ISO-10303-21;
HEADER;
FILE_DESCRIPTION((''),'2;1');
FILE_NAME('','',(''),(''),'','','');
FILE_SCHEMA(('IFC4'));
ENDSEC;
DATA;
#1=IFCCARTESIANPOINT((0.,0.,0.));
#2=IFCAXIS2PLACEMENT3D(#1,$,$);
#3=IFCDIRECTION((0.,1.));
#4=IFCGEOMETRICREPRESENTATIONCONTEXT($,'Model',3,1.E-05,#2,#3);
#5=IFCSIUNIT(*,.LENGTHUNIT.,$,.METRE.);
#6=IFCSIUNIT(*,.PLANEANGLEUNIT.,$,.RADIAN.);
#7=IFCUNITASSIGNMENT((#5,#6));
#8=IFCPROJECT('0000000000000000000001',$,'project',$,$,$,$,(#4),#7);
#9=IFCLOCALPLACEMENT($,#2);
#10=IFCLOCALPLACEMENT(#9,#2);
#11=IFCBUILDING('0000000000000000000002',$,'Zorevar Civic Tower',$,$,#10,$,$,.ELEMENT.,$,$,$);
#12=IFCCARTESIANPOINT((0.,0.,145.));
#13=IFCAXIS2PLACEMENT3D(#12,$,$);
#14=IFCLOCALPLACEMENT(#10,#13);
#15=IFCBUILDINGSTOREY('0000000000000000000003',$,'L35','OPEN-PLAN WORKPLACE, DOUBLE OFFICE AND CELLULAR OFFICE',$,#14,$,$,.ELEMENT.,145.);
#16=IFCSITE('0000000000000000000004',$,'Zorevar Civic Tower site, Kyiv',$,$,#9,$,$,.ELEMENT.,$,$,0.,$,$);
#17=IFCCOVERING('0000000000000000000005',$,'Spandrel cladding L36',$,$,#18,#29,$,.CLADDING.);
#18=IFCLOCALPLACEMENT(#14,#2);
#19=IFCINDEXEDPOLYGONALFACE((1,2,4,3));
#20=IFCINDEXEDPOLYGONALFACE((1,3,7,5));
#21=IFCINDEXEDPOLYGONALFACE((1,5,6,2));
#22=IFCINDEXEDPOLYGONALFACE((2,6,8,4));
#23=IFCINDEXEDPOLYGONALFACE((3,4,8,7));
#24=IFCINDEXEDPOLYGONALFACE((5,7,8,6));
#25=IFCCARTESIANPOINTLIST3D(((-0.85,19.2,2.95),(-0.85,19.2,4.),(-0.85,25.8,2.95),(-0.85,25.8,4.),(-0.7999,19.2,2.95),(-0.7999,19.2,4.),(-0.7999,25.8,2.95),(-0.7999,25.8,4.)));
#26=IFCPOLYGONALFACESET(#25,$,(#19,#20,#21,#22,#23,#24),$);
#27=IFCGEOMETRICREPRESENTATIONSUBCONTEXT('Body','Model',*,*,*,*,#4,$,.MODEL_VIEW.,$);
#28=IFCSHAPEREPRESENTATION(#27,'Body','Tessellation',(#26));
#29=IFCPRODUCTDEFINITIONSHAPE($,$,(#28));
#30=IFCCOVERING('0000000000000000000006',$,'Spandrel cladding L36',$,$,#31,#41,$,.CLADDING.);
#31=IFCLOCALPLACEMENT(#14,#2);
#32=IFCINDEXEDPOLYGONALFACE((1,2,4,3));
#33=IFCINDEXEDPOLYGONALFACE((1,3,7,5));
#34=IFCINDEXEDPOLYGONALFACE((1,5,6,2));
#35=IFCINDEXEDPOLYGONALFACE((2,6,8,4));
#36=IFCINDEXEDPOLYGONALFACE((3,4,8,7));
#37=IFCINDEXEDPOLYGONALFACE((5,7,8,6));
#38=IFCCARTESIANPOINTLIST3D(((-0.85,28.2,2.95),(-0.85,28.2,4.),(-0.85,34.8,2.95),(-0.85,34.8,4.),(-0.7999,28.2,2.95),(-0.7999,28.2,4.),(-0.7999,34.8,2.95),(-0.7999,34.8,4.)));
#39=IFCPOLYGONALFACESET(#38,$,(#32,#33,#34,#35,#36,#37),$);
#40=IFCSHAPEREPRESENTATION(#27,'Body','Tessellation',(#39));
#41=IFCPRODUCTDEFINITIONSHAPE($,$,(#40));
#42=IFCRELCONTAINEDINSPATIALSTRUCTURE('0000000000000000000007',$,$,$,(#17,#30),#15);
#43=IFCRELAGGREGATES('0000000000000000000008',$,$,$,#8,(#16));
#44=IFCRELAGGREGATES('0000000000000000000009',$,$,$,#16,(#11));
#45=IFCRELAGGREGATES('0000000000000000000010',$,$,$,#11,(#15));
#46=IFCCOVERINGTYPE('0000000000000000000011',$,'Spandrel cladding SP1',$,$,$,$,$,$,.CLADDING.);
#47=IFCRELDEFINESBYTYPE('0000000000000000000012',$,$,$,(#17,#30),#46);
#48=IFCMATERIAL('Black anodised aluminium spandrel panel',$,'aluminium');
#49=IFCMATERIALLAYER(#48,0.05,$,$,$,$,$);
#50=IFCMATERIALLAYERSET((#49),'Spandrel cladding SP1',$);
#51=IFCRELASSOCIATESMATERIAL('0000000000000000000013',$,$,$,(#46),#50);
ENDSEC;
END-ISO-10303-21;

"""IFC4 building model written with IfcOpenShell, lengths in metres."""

from ifc_helpers import new_model, si_unit, direction, frame, frame_2d, origin, place, context, subcontext, project, spatial, rectangle, extrude, material, layer, layer_set, type_object, element, save


model = new_model("IFC4")

# Units and contexts
model_context = context("Model", 3, precision=1e-05, world=origin(), true_north=direction((0.0, 1.0)))
body_context = subcontext(model_context, "Body", "Model", "MODEL_VIEW")
ifc_project = project(units=[si_unit("LENGTHUNIT", "METRE"), si_unit("PLANEANGLEUNIT", "RADIAN")], contexts=[model_context])

# Site, building, storey
site_placement = place(None, origin())
site = spatial("IfcSite", under=ifc_project, at=site_placement, Name="Zorevar Civic Tower site, Kyiv", CompositionType="ELEMENT", RefElevation=0.0)
building_placement = place(site_placement, origin())
building = spatial("IfcBuilding", under=site, at=building_placement, Name="Zorevar Civic Tower", CompositionType="ELEMENT")
storey_placement = place(building_placement, frame((0.0, 0.0, 145.0)))
storey = spatial("IfcBuildingStorey", under=building, at=storey_placement, Name="L35", Description="OPEN-PLAN WORKPLACE, DOUBLE OFFICE AND CELLULAR OFFICE", CompositionType="ELEMENT", Elevation=145.0)

# Coverings
ifc_material_1 = material(Name="Black anodised aluminium spandrel panel", Category="aluminium")
ifc_layer_1 = layer(ifc_material_1, 0.05)
ifc_layer_set_1 = layer_set([ifc_layer_1], Name="Spandrel cladding SP1")
covering_type = type_object("IfcCoveringType", Name="Spandrel cladding SP1", PredefinedType="CLADDING", material=ifc_layer_set_1)
for number, where, z_axis, x_axis, name in (
    (1, (-0.825, 19.2, 2.95), (0.0, 0.0, 1.0), (0.0, 1.0, 0.0), "Spandrel cladding L36"),
    (2, (-0.825, 28.2, 2.95), (0.0, 0.0, 1.0), (0.0, 1.0, 0.0), "Spandrel cladding L36"),
):
    element("IfcCovering", number, at=place(storey_placement, frame(where, z_axis=z_axis, x_axis=x_axis)), inside=storey, type_object=covering_type, Name=name, PredefinedType="CLADDING", context=body_context, shape_type="SweptSolid", body=[
        extrude(rectangle(XDim=6.6001, YDim=0.05, at=frame_2d((3.3, 0.0))), origin(), (0.0, 0.0, 1.0), 1.05),
    ])

save(model, "model.ifc")
